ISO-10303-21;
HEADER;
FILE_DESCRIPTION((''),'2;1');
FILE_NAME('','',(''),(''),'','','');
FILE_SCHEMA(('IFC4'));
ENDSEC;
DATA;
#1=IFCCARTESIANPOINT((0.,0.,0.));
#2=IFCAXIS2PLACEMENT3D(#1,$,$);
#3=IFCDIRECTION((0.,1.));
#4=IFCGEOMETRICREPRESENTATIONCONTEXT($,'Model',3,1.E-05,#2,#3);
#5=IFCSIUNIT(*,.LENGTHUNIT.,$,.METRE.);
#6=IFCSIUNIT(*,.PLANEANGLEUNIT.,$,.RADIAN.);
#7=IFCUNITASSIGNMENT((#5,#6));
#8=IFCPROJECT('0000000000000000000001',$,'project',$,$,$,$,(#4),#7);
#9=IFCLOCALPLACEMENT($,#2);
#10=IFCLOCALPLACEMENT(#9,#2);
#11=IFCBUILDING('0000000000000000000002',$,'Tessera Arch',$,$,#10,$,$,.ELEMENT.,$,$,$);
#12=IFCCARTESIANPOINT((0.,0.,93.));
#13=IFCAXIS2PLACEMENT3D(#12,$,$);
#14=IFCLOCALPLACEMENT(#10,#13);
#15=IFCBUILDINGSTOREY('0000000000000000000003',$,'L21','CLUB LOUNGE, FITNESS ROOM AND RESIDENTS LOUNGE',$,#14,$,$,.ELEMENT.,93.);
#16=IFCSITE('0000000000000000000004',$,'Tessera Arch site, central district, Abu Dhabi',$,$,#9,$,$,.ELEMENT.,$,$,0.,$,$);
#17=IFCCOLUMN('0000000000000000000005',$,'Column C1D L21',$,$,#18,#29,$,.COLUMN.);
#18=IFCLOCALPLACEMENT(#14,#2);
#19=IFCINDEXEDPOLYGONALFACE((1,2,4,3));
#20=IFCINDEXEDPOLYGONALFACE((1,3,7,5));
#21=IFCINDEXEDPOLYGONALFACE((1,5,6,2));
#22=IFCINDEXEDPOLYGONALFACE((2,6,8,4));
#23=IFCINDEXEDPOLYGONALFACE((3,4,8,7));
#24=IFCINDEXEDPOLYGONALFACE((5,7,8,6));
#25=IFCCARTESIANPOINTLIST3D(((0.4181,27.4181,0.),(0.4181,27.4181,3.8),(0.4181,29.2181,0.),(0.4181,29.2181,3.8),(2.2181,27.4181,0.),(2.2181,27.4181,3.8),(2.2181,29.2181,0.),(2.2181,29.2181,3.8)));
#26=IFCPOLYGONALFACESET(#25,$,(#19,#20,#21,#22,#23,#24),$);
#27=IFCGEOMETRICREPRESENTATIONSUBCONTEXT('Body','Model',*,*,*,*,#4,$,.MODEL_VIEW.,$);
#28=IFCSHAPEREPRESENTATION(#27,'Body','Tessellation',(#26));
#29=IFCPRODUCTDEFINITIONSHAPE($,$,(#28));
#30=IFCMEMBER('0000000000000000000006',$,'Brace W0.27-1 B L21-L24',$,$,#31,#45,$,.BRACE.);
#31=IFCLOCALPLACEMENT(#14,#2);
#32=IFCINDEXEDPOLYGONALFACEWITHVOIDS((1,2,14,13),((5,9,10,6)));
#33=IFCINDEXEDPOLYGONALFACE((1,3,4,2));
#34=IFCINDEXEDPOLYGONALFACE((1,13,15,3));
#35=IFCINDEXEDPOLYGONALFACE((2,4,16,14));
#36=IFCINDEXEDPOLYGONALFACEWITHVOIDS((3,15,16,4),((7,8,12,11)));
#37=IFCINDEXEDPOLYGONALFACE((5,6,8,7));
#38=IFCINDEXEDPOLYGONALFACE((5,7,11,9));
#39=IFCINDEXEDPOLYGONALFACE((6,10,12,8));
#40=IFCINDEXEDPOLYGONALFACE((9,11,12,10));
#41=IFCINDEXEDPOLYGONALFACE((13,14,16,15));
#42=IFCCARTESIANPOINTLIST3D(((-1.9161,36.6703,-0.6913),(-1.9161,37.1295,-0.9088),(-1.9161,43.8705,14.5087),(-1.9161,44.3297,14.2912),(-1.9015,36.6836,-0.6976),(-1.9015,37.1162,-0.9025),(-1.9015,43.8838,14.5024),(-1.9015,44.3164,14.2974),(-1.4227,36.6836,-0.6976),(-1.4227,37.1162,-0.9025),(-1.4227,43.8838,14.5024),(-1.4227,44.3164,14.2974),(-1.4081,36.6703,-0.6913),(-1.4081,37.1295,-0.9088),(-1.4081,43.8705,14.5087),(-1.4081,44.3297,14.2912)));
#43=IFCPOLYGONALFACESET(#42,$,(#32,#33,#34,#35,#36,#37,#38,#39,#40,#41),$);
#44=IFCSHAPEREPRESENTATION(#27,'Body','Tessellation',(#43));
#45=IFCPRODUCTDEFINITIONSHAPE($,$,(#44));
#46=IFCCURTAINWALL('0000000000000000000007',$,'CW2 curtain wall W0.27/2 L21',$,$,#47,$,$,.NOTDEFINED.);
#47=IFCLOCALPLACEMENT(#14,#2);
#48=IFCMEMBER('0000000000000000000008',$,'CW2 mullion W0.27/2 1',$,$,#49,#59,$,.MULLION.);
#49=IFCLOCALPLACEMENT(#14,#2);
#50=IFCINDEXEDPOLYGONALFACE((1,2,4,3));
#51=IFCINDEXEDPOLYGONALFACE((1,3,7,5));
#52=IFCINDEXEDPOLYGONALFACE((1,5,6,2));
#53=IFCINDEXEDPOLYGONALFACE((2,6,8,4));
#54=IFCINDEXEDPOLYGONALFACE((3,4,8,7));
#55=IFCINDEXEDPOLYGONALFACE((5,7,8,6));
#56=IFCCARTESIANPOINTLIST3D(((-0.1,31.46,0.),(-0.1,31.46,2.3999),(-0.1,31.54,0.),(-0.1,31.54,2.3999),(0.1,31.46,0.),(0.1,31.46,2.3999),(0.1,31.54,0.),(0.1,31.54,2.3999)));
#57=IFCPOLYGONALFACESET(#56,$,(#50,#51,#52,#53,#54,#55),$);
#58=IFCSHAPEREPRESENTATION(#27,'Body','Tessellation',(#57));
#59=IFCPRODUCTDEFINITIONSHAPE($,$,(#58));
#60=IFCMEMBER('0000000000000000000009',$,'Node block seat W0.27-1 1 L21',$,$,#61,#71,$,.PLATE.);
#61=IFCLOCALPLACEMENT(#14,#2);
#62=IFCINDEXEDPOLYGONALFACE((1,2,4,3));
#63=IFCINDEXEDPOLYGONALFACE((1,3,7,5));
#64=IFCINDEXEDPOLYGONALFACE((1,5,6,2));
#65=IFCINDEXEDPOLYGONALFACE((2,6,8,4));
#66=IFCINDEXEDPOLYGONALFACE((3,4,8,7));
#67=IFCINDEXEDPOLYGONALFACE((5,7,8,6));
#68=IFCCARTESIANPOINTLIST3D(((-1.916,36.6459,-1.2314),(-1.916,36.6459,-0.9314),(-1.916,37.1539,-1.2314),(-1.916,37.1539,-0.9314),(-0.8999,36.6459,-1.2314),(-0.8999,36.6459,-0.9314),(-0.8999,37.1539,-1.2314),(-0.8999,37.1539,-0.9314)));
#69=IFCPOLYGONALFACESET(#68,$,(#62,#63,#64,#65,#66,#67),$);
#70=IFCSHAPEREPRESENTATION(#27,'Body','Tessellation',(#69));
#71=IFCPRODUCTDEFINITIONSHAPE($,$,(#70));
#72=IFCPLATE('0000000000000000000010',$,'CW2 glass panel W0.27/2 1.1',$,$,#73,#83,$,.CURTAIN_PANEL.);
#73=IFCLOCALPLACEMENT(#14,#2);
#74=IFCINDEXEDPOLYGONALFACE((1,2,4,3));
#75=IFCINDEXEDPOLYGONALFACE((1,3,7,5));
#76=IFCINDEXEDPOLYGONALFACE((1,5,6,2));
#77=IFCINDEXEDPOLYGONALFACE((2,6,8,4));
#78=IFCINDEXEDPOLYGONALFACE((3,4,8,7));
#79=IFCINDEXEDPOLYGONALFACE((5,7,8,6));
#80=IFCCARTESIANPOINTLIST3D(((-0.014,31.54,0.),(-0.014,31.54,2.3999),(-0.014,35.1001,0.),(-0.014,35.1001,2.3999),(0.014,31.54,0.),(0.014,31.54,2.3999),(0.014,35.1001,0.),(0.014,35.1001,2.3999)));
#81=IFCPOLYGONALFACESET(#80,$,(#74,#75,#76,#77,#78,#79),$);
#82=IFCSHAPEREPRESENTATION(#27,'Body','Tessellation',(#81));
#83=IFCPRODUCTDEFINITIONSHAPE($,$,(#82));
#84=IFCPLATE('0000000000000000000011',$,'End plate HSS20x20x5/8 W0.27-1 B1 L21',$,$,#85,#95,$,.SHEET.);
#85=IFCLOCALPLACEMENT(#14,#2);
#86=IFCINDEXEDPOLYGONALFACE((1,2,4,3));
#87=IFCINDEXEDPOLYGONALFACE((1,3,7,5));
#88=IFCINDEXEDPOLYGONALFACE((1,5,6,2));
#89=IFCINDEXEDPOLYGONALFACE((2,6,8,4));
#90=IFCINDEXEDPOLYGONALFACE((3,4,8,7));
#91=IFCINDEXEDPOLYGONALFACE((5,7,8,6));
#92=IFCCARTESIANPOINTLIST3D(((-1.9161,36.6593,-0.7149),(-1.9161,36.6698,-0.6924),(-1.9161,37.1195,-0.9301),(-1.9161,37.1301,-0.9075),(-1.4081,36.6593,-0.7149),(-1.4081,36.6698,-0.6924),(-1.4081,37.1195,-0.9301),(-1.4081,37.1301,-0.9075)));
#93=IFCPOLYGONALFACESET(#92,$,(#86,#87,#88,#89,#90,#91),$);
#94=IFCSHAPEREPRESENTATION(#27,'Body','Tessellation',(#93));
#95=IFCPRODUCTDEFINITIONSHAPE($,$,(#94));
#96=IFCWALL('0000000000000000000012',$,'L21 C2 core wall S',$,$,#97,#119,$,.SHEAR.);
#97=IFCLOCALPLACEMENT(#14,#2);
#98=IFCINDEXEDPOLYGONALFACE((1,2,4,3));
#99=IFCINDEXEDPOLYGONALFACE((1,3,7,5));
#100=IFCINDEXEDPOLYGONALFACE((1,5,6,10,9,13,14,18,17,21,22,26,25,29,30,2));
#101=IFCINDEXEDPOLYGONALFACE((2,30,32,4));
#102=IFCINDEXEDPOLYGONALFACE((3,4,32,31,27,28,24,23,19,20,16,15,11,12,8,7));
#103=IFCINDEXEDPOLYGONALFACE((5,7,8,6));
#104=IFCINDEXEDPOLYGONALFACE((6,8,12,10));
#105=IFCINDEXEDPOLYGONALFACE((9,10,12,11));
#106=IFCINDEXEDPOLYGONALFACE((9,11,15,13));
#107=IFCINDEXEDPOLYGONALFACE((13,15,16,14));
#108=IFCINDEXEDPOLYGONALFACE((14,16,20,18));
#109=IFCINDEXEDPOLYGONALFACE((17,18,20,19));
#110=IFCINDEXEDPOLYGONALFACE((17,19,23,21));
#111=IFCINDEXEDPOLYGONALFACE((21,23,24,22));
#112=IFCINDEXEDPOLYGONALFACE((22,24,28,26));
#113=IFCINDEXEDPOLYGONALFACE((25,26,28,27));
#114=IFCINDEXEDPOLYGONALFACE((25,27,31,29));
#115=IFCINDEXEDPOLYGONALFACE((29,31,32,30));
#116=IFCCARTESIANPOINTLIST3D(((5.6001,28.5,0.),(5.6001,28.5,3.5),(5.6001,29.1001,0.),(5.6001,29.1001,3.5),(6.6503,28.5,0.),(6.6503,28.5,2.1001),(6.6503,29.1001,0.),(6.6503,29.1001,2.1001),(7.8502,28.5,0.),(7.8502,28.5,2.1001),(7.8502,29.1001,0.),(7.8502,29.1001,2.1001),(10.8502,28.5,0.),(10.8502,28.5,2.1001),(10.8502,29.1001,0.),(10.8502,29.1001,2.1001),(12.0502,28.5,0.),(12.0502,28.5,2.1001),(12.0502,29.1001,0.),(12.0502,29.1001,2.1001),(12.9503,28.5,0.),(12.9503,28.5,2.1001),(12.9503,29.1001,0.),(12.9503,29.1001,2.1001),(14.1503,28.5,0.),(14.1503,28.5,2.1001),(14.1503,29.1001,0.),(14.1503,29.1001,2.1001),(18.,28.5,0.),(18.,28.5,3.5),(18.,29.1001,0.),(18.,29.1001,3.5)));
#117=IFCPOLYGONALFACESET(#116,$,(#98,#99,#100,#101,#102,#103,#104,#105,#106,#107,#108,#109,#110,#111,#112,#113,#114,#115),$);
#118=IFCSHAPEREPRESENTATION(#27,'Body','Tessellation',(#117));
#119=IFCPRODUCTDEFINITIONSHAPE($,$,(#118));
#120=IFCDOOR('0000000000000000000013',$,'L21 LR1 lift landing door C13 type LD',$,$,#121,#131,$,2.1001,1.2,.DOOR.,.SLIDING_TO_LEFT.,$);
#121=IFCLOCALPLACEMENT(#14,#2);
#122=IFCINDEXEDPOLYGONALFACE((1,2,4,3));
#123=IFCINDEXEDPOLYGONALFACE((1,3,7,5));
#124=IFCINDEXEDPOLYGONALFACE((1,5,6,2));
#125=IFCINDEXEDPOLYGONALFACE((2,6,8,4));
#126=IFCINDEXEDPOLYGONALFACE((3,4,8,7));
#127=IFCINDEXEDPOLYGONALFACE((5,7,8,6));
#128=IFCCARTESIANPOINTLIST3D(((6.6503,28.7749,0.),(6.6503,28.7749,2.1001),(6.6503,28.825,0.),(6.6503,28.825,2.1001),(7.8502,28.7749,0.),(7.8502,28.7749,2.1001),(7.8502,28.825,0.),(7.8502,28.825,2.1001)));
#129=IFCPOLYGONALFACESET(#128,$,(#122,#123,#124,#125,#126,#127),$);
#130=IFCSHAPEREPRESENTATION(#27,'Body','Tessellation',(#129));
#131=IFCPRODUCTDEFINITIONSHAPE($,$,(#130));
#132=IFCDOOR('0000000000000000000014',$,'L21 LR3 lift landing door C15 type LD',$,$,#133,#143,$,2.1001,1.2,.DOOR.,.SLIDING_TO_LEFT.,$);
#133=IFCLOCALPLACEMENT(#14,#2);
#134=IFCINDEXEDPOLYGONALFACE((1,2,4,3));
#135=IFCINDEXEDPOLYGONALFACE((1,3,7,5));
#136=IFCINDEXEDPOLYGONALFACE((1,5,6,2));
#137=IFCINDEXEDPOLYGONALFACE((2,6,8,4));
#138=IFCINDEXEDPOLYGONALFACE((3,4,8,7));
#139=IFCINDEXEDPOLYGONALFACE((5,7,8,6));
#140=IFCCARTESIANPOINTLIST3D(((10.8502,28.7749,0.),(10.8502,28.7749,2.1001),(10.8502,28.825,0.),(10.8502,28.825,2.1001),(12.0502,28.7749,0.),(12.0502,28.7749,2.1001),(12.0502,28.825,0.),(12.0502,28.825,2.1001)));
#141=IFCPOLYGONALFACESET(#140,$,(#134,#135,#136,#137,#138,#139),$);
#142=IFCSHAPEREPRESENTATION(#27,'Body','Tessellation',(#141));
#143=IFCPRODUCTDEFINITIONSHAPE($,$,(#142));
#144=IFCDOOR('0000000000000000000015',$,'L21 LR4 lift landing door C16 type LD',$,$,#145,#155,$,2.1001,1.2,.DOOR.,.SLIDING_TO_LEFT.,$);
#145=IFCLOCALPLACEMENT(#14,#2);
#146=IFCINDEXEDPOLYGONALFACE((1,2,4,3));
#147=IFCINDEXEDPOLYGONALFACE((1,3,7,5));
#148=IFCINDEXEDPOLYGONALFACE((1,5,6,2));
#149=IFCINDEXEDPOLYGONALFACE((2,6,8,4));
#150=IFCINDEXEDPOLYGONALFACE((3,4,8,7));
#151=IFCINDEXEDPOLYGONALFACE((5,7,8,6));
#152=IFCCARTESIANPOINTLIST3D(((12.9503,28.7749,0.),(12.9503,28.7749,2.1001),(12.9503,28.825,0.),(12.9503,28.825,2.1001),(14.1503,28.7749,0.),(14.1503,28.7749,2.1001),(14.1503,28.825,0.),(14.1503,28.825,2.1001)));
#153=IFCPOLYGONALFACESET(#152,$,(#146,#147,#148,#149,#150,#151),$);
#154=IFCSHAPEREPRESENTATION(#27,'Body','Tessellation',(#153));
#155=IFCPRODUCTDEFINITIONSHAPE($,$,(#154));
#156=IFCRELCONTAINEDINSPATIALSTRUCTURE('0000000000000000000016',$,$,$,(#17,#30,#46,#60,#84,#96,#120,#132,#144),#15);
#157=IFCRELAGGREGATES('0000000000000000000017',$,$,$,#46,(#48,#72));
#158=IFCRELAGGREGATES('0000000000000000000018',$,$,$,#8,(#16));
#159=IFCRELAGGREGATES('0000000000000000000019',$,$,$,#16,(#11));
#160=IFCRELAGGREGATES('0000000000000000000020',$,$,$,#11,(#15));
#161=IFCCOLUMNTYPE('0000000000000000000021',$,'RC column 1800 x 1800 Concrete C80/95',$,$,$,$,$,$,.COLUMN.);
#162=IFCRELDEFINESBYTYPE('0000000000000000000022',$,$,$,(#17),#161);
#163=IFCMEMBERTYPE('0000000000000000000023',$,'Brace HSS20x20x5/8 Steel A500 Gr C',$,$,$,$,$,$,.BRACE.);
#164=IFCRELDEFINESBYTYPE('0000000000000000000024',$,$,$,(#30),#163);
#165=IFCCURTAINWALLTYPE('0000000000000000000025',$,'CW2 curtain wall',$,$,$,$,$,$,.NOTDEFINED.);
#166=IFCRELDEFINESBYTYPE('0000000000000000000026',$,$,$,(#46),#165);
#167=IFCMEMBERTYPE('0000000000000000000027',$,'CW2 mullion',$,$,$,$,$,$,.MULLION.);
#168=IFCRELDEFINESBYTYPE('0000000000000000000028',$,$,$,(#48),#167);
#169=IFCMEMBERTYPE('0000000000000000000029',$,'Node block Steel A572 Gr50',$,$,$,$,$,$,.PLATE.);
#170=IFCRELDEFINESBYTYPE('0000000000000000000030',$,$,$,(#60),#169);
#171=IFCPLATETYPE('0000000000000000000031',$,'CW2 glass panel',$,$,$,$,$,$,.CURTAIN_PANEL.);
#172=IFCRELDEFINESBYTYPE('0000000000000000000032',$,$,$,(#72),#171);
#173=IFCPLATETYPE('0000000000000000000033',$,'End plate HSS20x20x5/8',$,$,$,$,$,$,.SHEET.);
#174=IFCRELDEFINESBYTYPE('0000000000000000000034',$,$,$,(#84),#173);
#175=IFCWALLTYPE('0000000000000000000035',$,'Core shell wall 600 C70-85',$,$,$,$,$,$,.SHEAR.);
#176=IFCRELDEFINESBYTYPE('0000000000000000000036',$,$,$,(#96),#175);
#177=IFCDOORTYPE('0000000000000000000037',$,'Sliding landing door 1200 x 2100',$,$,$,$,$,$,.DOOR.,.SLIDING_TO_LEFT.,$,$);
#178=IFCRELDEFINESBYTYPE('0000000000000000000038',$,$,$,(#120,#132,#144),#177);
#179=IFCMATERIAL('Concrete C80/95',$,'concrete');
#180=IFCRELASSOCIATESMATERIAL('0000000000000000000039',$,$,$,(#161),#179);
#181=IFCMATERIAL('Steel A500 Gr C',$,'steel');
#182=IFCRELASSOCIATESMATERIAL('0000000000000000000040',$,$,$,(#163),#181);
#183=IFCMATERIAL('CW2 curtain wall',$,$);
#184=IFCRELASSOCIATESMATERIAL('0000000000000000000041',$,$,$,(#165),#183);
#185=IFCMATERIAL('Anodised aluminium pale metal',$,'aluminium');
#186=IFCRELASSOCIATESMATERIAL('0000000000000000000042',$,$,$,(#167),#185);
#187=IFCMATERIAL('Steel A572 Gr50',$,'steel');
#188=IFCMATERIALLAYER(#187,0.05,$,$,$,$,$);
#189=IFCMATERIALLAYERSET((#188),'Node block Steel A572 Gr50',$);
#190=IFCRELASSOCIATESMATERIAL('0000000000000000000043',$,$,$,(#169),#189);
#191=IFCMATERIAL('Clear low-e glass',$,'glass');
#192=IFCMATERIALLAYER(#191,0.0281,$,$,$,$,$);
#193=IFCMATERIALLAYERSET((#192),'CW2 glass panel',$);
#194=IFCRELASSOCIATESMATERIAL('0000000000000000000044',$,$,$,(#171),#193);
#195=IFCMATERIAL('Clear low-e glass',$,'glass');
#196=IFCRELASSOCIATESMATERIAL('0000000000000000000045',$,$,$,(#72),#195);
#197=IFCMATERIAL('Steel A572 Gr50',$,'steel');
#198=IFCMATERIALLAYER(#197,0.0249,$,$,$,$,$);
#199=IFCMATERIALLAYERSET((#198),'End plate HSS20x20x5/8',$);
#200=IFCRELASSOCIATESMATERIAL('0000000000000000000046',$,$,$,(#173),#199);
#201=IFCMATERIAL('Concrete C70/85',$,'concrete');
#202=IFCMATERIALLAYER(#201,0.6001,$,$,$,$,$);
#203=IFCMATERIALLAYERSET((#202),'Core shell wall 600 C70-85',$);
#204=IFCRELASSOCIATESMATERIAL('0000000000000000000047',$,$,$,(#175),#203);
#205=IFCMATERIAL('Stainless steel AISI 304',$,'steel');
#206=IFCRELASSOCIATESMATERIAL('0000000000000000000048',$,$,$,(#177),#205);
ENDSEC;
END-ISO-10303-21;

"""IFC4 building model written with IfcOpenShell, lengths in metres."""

from ifc_helpers import new_model, si_unit, direction, frame, frame_2d, origin, origin_2d, place, context, subcontext, project, spatial, rectangle, hollow_rectangle, extrude, material, layer, layer_set, material_profile, profile_set, type_object, element, fill, aggregate, save


model = new_model("IFC4")

# Units and contexts
model_context = context("Model", 3, precision=1e-05, world=origin(), true_north=direction((0.0, 1.0)))
body_context = subcontext(model_context, "Body", "Model", "MODEL_VIEW")
ifc_project = project(units=[si_unit("LENGTHUNIT", "METRE"), si_unit("PLANEANGLEUNIT", "RADIAN")], contexts=[model_context])

# Site, building, storey
site_placement = place(None, origin())
site = spatial("IfcSite", under=ifc_project, at=site_placement, Name="Tessera Arch site, central district, Abu Dhabi", CompositionType="ELEMENT", RefElevation=0.0)
building_placement = place(site_placement, origin())
building = spatial("IfcBuilding", under=site, at=building_placement, Name="Tessera Arch", CompositionType="ELEMENT")
storey_placement = place(building_placement, frame((0.0, 0.0, 93.0)))
storey = spatial("IfcBuildingStorey", under=building, at=storey_placement, Name="L21", Description="CLUB LOUNGE, FITNESS ROOM AND RESIDENTS LOUNGE", CompositionType="ELEMENT", Elevation=93.0)

# Column
ifc_material_1 = material(Name="Concrete C80/95", Category="concrete")
ifc_material_profile_1 = material_profile(ifc_material_1, rectangle(XDim=1.8, YDim=1.8, at=origin_2d()), Name="RC column 1800 x 1800 Concrete C80/95")
ifc_profile_set_1 = profile_set([ifc_material_profile_1], Name="Concrete C80/95")
column_type = type_object("IfcColumnType", Name="RC column 1800 x 1800 Concrete C80/95", PredefinedType="COLUMN", material=ifc_profile_set_1)
column_placement = place(storey_placement, frame((1.3181, 28.3181, 0.0), z_axis=(0.0, 0.0, 1.0), x_axis=(1.0, 0.0, 0.0)))
element("IfcColumn", 1, at=column_placement, inside=storey, type_object=column_type, Name="Column C1D L21", PredefinedType="COLUMN", context=body_context, shape_type="SweptSolid", body=[
    extrude(rectangle(XDim=1.8, YDim=1.8, at=origin_2d()), origin(), (0.0, 0.0, 1.0), 3.8),
])

# Member
ifc_material_2 = material(Name="Steel A500 Gr C", Category="steel")
ifc_material_profile_2 = material_profile(ifc_material_2, hollow_rectangle(XDim=0.5081, YDim=0.5081, WallThickness=0.0146, at=origin_2d()), Name="HSS20x20x5/8")
ifc_profile_set_2 = profile_set([ifc_material_profile_2], Name="Steel A500 Gr C")
member_type_1 = type_object("IfcMemberType", Name="Brace HSS20x20x5/8 Steel A500 Gr C", PredefinedType="BRACE", material=ifc_profile_set_2)
member_1_placement = place(storey_placement, frame((-1.6621, 36.8999, -0.8), z_axis=(0.0, 0.428097, 0.903733), x_axis=(-1.0, 0.0, 0.0)))
element("IfcMember", 2, at=member_1_placement, inside=storey, type_object=member_type_1, Name="Brace W0.27-1 B L21-L24", PredefinedType="BRACE", context=body_context, shape_type="SweptSolid", body=[
    extrude(hollow_rectangle(XDim=0.5081, YDim=0.5081, WallThickness=0.0146, at=origin_2d()), origin(), (0.0, 0.0, 1.0), 16.8191),
])

# Curtain wall, member
ifc_material_3 = material(Name="CW2 curtain wall")
curtain_wall_type = type_object("IfcCurtainWallType", Name="CW2 curtain wall", PredefinedType="NOTDEFINED", material=ifc_material_3)
curtain_wall_placement = place(storey_placement, origin())
curtain_wall = element("IfcCurtainWall", 3, at=curtain_wall_placement, inside=storey, type_object=curtain_wall_type, Name="CW2 curtain wall W0.27/2 L21", PredefinedType="NOTDEFINED")
ifc_material_4 = material(Name="Anodised aluminium pale metal", Category="aluminium")
ifc_material_profile_3 = material_profile(ifc_material_4, rectangle(XDim=0.2, YDim=0.0801, at=origin_2d()), Name="AL 80x200")
ifc_profile_set_3 = profile_set([ifc_material_profile_3], Name="Anodised aluminium pale metal")
member_type_2 = type_object("IfcMemberType", Name="CW2 mullion", PredefinedType="MULLION", material=ifc_profile_set_3)
member_2_placement = place(storey_placement, frame((0.0, 31.5, 0.0), z_axis=(0.0, 0.0, 1.0), x_axis=(1.0, 0.0, 0.0)))
member_2 = element("IfcMember", 4, at=member_2_placement, type_object=member_type_2, Name="CW2 mullion W0.27/2 1", PredefinedType="MULLION", context=body_context, shape_type="SweptSolid", body=[
    extrude(rectangle(XDim=0.2, YDim=0.0801, at=origin_2d()), origin(), (0.0, 0.0, 1.0), 2.3999),
])

# Member
ifc_material_5 = material(Name="Steel A572 Gr50", Category="steel")
ifc_layer_1 = layer(ifc_material_5, 0.05)
ifc_layer_set_1 = layer_set([ifc_layer_1], Name="Node block Steel A572 Gr50")
member_type_3 = type_object("IfcMemberType", Name="Node block Steel A572 Gr50", PredefinedType="PLATE", material=ifc_layer_set_1)
member_3_placement = place(storey_placement, frame((-1.408, 36.8999, -1.2314), z_axis=(0.0, 0.0, 1.0), x_axis=(0.0, -1.0, 0.0)))
element("IfcMember", 5, at=member_3_placement, inside=storey, type_object=member_type_3, Name="Node block seat W0.27-1 1 L21", PredefinedType="PLATE", context=body_context, shape_type="SweptSolid", body=[
    extrude(rectangle(XDim=0.5081, YDim=1.0161, at=origin_2d()), origin(), (0.0, 0.0, 1.0), 0.3),
])

# Plates
ifc_material_6 = material(Name="Clear low-e glass", Category="glass")
ifc_material_7 = material(Name="Clear low-e glass", Category="glass")
ifc_layer_2 = layer(ifc_material_7, 0.0281)
ifc_layer_set_2 = layer_set([ifc_layer_2], Name="CW2 glass panel")
plate_type_1 = type_object("IfcPlateType", Name="CW2 glass panel", PredefinedType="CURTAIN_PANEL", material=ifc_layer_set_2)
plate_1_placement = place(storey_placement, frame((0.0, 33.3201, 0.0), z_axis=(0.0, 0.0, 1.0), x_axis=(0.0, -1.0, 0.0)))
plate_1 = element("IfcPlate", 6, at=plate_1_placement, type_object=plate_type_1, material=ifc_material_6, Name="CW2 glass panel W0.27/2 1.1", PredefinedType="CURTAIN_PANEL", context=body_context, shape_type="SweptSolid", body=[
    extrude(rectangle(XDim=3.5601, YDim=0.0281, at=origin_2d()), origin(), (0.0, 0.0, 1.0), 2.3999),
])
aggregate(curtain_wall, [member_2, plate_1])
ifc_material_8 = material(Name="Steel A572 Gr50", Category="steel")
ifc_layer_3 = layer(ifc_material_8, 0.0249)
ifc_layer_set_3 = layer_set([ifc_layer_3], Name="End plate HSS20x20x5/8")
plate_type_2 = type_object("IfcPlateType", Name="End plate HSS20x20x5/8", PredefinedType="SHEET", material=ifc_layer_set_3)
plate_2_placement = place(storey_placement, frame((-1.6621, 36.8894, -0.8225), z_axis=(0.0, 0.423424, 0.905931), x_axis=(-1.0, 0.0, 0.0)))
element("IfcPlate", 7, at=plate_2_placement, inside=storey, type_object=plate_type_2, Name="End plate HSS20x20x5/8 W0.27-1 B1 L21", PredefinedType="SHEET", context=body_context, shape_type="SweptSolid", body=[
    extrude(rectangle(XDim=0.5081, YDim=0.5081, at=origin_2d()), origin(), (0.0, 0.0, 1.0), 0.0249),
])

# Wall, openings, doors
ifc_material_9 = material(Name="Concrete C70/85", Category="concrete")
ifc_layer_4 = layer(ifc_material_9, 0.6001)
ifc_layer_set_4 = layer_set([ifc_layer_4], Name="Core shell wall 600 C70-85")
wall_type_1 = type_object("IfcWallType", Name="Core shell wall 600 C70-85", PredefinedType="SHEAR", material=ifc_layer_set_4)
wall_1_placement = place(storey_placement, frame((5.6001, 28.8, 0.0), z_axis=(0.0, 0.0, 1.0), x_axis=(1.0, 0.0, 0.0)))
wall_1 = element("IfcWall", 8, at=wall_1_placement, inside=storey, type_object=wall_type_1, Name="L21 C2 core wall S", PredefinedType="SHEAR", context=body_context, shape_type="SweptSolid", body=[
    extrude(rectangle(XDim=12.3999, YDim=0.6001, at=frame_2d((6.2, 0.0))), origin(), (0.0, 0.0, 1.0), 3.5),
])
opening_1_placement = place(wall_1_placement, frame((1.05, 0.0, 0.0)))
opening_1 = element("IfcOpeningElement", 9, at=opening_1_placement, cuts=wall_1, PredefinedType="OPENING", context=body_context, shape_type="SweptSolid", body=[
    extrude(rectangle(XDim=1.2, YDim=2.1001, at=frame_2d((0.6001, 1.05))), frame((0.0, 0.3101, 0.0), z_axis=(0.0, -1.0, 0.0), x_axis=(1.0, 0.0, 0.0)), (0.0, 0.0, 1.0), 0.6201),
])
opening_2_placement = place(wall_1_placement, frame((5.25, 0.0, 0.0)))
opening_2 = element("IfcOpeningElement", 10, at=opening_2_placement, cuts=wall_1, PredefinedType="OPENING", context=body_context, shape_type="SweptSolid", body=[
    extrude(rectangle(XDim=1.2, YDim=2.1001, at=frame_2d((0.6001, 1.05))), frame((0.0, 0.3101, 0.0), z_axis=(0.0, -1.0, 0.0), x_axis=(1.0, 0.0, 0.0)), (0.0, 0.0, 1.0), 0.6201),
])
opening_3_placement = place(wall_1_placement, frame((7.3501, 0.0, 0.0)))
opening_3 = element("IfcOpeningElement", 11, at=opening_3_placement, cuts=wall_1, PredefinedType="OPENING", context=body_context, shape_type="SweptSolid", body=[
    extrude(rectangle(XDim=1.2, YDim=2.1001, at=frame_2d((0.6001, 1.05))), frame((0.0, 0.3101, 0.0), z_axis=(0.0, -1.0, 0.0), x_axis=(1.0, 0.0, 0.0)), (0.0, 0.0, 1.0), 0.6201),
])
ifc_material_10 = material(Name="Stainless steel AISI 304", Category="steel")
door_type_1 = type_object("IfcDoorType", Name="Sliding landing door 1200 x 2100", OperationType="SLIDING_TO_LEFT", PredefinedType="DOOR", material=ifc_material_10)
door_1_placement = place(opening_1_placement, origin())
door_1 = element("IfcDoor", 12, at=door_1_placement, inside=storey, type_object=door_type_1, Name="L21 LR1 lift landing door C13 type LD", OperationType="SLIDING_TO_LEFT", OverallHeight=2.1001, OverallWidth=1.2, PredefinedType="DOOR", context=body_context, shape_type="SweptSolid", body=[
    extrude(rectangle(XDim=1.2, YDim=2.1001, at=frame_2d((0.6001, 1.05))), frame((0.0, 0.0249, 0.0), z_axis=(0.0, -1.0, 0.0), x_axis=(1.0, 0.0, 0.0)), (0.0, 0.0, 1.0), 0.05),
])
fill(opening_1, door_1)
door_2_placement = place(opening_2_placement, origin())
door_2 = element("IfcDoor", 13, at=door_2_placement, inside=storey, type_object=door_type_1, Name="L21 LR3 lift landing door C15 type LD", OperationType="SLIDING_TO_LEFT", OverallHeight=2.1001, OverallWidth=1.2, PredefinedType="DOOR", context=body_context, shape_type="SweptSolid", body=[
    extrude(rectangle(XDim=1.2, YDim=2.1001, at=frame_2d((0.6001, 1.05))), frame((0.0, 0.0249, 0.0), z_axis=(0.0, -1.0, 0.0), x_axis=(1.0, 0.0, 0.0)), (0.0, 0.0, 1.0), 0.05),
])
fill(opening_2, door_2)
door_3_placement = place(opening_3_placement, origin())
door_3 = element("IfcDoor", 14, at=door_3_placement, inside=storey, type_object=door_type_1, Name="L21 LR4 lift landing door C16 type LD", OperationType="SLIDING_TO_LEFT", OverallHeight=2.1001, OverallWidth=1.2, PredefinedType="DOOR", context=body_context, shape_type="SweptSolid", body=[
    extrude(rectangle(XDim=1.2, YDim=2.1001, at=frame_2d((0.6001, 1.05))), frame((0.0, 0.0249, 0.0), z_axis=(0.0, -1.0, 0.0), x_axis=(1.0, 0.0, 0.0)), (0.0, 0.0, 1.0), 0.05),
])
fill(opening_3, door_3)

save(model, "model.ifc")
